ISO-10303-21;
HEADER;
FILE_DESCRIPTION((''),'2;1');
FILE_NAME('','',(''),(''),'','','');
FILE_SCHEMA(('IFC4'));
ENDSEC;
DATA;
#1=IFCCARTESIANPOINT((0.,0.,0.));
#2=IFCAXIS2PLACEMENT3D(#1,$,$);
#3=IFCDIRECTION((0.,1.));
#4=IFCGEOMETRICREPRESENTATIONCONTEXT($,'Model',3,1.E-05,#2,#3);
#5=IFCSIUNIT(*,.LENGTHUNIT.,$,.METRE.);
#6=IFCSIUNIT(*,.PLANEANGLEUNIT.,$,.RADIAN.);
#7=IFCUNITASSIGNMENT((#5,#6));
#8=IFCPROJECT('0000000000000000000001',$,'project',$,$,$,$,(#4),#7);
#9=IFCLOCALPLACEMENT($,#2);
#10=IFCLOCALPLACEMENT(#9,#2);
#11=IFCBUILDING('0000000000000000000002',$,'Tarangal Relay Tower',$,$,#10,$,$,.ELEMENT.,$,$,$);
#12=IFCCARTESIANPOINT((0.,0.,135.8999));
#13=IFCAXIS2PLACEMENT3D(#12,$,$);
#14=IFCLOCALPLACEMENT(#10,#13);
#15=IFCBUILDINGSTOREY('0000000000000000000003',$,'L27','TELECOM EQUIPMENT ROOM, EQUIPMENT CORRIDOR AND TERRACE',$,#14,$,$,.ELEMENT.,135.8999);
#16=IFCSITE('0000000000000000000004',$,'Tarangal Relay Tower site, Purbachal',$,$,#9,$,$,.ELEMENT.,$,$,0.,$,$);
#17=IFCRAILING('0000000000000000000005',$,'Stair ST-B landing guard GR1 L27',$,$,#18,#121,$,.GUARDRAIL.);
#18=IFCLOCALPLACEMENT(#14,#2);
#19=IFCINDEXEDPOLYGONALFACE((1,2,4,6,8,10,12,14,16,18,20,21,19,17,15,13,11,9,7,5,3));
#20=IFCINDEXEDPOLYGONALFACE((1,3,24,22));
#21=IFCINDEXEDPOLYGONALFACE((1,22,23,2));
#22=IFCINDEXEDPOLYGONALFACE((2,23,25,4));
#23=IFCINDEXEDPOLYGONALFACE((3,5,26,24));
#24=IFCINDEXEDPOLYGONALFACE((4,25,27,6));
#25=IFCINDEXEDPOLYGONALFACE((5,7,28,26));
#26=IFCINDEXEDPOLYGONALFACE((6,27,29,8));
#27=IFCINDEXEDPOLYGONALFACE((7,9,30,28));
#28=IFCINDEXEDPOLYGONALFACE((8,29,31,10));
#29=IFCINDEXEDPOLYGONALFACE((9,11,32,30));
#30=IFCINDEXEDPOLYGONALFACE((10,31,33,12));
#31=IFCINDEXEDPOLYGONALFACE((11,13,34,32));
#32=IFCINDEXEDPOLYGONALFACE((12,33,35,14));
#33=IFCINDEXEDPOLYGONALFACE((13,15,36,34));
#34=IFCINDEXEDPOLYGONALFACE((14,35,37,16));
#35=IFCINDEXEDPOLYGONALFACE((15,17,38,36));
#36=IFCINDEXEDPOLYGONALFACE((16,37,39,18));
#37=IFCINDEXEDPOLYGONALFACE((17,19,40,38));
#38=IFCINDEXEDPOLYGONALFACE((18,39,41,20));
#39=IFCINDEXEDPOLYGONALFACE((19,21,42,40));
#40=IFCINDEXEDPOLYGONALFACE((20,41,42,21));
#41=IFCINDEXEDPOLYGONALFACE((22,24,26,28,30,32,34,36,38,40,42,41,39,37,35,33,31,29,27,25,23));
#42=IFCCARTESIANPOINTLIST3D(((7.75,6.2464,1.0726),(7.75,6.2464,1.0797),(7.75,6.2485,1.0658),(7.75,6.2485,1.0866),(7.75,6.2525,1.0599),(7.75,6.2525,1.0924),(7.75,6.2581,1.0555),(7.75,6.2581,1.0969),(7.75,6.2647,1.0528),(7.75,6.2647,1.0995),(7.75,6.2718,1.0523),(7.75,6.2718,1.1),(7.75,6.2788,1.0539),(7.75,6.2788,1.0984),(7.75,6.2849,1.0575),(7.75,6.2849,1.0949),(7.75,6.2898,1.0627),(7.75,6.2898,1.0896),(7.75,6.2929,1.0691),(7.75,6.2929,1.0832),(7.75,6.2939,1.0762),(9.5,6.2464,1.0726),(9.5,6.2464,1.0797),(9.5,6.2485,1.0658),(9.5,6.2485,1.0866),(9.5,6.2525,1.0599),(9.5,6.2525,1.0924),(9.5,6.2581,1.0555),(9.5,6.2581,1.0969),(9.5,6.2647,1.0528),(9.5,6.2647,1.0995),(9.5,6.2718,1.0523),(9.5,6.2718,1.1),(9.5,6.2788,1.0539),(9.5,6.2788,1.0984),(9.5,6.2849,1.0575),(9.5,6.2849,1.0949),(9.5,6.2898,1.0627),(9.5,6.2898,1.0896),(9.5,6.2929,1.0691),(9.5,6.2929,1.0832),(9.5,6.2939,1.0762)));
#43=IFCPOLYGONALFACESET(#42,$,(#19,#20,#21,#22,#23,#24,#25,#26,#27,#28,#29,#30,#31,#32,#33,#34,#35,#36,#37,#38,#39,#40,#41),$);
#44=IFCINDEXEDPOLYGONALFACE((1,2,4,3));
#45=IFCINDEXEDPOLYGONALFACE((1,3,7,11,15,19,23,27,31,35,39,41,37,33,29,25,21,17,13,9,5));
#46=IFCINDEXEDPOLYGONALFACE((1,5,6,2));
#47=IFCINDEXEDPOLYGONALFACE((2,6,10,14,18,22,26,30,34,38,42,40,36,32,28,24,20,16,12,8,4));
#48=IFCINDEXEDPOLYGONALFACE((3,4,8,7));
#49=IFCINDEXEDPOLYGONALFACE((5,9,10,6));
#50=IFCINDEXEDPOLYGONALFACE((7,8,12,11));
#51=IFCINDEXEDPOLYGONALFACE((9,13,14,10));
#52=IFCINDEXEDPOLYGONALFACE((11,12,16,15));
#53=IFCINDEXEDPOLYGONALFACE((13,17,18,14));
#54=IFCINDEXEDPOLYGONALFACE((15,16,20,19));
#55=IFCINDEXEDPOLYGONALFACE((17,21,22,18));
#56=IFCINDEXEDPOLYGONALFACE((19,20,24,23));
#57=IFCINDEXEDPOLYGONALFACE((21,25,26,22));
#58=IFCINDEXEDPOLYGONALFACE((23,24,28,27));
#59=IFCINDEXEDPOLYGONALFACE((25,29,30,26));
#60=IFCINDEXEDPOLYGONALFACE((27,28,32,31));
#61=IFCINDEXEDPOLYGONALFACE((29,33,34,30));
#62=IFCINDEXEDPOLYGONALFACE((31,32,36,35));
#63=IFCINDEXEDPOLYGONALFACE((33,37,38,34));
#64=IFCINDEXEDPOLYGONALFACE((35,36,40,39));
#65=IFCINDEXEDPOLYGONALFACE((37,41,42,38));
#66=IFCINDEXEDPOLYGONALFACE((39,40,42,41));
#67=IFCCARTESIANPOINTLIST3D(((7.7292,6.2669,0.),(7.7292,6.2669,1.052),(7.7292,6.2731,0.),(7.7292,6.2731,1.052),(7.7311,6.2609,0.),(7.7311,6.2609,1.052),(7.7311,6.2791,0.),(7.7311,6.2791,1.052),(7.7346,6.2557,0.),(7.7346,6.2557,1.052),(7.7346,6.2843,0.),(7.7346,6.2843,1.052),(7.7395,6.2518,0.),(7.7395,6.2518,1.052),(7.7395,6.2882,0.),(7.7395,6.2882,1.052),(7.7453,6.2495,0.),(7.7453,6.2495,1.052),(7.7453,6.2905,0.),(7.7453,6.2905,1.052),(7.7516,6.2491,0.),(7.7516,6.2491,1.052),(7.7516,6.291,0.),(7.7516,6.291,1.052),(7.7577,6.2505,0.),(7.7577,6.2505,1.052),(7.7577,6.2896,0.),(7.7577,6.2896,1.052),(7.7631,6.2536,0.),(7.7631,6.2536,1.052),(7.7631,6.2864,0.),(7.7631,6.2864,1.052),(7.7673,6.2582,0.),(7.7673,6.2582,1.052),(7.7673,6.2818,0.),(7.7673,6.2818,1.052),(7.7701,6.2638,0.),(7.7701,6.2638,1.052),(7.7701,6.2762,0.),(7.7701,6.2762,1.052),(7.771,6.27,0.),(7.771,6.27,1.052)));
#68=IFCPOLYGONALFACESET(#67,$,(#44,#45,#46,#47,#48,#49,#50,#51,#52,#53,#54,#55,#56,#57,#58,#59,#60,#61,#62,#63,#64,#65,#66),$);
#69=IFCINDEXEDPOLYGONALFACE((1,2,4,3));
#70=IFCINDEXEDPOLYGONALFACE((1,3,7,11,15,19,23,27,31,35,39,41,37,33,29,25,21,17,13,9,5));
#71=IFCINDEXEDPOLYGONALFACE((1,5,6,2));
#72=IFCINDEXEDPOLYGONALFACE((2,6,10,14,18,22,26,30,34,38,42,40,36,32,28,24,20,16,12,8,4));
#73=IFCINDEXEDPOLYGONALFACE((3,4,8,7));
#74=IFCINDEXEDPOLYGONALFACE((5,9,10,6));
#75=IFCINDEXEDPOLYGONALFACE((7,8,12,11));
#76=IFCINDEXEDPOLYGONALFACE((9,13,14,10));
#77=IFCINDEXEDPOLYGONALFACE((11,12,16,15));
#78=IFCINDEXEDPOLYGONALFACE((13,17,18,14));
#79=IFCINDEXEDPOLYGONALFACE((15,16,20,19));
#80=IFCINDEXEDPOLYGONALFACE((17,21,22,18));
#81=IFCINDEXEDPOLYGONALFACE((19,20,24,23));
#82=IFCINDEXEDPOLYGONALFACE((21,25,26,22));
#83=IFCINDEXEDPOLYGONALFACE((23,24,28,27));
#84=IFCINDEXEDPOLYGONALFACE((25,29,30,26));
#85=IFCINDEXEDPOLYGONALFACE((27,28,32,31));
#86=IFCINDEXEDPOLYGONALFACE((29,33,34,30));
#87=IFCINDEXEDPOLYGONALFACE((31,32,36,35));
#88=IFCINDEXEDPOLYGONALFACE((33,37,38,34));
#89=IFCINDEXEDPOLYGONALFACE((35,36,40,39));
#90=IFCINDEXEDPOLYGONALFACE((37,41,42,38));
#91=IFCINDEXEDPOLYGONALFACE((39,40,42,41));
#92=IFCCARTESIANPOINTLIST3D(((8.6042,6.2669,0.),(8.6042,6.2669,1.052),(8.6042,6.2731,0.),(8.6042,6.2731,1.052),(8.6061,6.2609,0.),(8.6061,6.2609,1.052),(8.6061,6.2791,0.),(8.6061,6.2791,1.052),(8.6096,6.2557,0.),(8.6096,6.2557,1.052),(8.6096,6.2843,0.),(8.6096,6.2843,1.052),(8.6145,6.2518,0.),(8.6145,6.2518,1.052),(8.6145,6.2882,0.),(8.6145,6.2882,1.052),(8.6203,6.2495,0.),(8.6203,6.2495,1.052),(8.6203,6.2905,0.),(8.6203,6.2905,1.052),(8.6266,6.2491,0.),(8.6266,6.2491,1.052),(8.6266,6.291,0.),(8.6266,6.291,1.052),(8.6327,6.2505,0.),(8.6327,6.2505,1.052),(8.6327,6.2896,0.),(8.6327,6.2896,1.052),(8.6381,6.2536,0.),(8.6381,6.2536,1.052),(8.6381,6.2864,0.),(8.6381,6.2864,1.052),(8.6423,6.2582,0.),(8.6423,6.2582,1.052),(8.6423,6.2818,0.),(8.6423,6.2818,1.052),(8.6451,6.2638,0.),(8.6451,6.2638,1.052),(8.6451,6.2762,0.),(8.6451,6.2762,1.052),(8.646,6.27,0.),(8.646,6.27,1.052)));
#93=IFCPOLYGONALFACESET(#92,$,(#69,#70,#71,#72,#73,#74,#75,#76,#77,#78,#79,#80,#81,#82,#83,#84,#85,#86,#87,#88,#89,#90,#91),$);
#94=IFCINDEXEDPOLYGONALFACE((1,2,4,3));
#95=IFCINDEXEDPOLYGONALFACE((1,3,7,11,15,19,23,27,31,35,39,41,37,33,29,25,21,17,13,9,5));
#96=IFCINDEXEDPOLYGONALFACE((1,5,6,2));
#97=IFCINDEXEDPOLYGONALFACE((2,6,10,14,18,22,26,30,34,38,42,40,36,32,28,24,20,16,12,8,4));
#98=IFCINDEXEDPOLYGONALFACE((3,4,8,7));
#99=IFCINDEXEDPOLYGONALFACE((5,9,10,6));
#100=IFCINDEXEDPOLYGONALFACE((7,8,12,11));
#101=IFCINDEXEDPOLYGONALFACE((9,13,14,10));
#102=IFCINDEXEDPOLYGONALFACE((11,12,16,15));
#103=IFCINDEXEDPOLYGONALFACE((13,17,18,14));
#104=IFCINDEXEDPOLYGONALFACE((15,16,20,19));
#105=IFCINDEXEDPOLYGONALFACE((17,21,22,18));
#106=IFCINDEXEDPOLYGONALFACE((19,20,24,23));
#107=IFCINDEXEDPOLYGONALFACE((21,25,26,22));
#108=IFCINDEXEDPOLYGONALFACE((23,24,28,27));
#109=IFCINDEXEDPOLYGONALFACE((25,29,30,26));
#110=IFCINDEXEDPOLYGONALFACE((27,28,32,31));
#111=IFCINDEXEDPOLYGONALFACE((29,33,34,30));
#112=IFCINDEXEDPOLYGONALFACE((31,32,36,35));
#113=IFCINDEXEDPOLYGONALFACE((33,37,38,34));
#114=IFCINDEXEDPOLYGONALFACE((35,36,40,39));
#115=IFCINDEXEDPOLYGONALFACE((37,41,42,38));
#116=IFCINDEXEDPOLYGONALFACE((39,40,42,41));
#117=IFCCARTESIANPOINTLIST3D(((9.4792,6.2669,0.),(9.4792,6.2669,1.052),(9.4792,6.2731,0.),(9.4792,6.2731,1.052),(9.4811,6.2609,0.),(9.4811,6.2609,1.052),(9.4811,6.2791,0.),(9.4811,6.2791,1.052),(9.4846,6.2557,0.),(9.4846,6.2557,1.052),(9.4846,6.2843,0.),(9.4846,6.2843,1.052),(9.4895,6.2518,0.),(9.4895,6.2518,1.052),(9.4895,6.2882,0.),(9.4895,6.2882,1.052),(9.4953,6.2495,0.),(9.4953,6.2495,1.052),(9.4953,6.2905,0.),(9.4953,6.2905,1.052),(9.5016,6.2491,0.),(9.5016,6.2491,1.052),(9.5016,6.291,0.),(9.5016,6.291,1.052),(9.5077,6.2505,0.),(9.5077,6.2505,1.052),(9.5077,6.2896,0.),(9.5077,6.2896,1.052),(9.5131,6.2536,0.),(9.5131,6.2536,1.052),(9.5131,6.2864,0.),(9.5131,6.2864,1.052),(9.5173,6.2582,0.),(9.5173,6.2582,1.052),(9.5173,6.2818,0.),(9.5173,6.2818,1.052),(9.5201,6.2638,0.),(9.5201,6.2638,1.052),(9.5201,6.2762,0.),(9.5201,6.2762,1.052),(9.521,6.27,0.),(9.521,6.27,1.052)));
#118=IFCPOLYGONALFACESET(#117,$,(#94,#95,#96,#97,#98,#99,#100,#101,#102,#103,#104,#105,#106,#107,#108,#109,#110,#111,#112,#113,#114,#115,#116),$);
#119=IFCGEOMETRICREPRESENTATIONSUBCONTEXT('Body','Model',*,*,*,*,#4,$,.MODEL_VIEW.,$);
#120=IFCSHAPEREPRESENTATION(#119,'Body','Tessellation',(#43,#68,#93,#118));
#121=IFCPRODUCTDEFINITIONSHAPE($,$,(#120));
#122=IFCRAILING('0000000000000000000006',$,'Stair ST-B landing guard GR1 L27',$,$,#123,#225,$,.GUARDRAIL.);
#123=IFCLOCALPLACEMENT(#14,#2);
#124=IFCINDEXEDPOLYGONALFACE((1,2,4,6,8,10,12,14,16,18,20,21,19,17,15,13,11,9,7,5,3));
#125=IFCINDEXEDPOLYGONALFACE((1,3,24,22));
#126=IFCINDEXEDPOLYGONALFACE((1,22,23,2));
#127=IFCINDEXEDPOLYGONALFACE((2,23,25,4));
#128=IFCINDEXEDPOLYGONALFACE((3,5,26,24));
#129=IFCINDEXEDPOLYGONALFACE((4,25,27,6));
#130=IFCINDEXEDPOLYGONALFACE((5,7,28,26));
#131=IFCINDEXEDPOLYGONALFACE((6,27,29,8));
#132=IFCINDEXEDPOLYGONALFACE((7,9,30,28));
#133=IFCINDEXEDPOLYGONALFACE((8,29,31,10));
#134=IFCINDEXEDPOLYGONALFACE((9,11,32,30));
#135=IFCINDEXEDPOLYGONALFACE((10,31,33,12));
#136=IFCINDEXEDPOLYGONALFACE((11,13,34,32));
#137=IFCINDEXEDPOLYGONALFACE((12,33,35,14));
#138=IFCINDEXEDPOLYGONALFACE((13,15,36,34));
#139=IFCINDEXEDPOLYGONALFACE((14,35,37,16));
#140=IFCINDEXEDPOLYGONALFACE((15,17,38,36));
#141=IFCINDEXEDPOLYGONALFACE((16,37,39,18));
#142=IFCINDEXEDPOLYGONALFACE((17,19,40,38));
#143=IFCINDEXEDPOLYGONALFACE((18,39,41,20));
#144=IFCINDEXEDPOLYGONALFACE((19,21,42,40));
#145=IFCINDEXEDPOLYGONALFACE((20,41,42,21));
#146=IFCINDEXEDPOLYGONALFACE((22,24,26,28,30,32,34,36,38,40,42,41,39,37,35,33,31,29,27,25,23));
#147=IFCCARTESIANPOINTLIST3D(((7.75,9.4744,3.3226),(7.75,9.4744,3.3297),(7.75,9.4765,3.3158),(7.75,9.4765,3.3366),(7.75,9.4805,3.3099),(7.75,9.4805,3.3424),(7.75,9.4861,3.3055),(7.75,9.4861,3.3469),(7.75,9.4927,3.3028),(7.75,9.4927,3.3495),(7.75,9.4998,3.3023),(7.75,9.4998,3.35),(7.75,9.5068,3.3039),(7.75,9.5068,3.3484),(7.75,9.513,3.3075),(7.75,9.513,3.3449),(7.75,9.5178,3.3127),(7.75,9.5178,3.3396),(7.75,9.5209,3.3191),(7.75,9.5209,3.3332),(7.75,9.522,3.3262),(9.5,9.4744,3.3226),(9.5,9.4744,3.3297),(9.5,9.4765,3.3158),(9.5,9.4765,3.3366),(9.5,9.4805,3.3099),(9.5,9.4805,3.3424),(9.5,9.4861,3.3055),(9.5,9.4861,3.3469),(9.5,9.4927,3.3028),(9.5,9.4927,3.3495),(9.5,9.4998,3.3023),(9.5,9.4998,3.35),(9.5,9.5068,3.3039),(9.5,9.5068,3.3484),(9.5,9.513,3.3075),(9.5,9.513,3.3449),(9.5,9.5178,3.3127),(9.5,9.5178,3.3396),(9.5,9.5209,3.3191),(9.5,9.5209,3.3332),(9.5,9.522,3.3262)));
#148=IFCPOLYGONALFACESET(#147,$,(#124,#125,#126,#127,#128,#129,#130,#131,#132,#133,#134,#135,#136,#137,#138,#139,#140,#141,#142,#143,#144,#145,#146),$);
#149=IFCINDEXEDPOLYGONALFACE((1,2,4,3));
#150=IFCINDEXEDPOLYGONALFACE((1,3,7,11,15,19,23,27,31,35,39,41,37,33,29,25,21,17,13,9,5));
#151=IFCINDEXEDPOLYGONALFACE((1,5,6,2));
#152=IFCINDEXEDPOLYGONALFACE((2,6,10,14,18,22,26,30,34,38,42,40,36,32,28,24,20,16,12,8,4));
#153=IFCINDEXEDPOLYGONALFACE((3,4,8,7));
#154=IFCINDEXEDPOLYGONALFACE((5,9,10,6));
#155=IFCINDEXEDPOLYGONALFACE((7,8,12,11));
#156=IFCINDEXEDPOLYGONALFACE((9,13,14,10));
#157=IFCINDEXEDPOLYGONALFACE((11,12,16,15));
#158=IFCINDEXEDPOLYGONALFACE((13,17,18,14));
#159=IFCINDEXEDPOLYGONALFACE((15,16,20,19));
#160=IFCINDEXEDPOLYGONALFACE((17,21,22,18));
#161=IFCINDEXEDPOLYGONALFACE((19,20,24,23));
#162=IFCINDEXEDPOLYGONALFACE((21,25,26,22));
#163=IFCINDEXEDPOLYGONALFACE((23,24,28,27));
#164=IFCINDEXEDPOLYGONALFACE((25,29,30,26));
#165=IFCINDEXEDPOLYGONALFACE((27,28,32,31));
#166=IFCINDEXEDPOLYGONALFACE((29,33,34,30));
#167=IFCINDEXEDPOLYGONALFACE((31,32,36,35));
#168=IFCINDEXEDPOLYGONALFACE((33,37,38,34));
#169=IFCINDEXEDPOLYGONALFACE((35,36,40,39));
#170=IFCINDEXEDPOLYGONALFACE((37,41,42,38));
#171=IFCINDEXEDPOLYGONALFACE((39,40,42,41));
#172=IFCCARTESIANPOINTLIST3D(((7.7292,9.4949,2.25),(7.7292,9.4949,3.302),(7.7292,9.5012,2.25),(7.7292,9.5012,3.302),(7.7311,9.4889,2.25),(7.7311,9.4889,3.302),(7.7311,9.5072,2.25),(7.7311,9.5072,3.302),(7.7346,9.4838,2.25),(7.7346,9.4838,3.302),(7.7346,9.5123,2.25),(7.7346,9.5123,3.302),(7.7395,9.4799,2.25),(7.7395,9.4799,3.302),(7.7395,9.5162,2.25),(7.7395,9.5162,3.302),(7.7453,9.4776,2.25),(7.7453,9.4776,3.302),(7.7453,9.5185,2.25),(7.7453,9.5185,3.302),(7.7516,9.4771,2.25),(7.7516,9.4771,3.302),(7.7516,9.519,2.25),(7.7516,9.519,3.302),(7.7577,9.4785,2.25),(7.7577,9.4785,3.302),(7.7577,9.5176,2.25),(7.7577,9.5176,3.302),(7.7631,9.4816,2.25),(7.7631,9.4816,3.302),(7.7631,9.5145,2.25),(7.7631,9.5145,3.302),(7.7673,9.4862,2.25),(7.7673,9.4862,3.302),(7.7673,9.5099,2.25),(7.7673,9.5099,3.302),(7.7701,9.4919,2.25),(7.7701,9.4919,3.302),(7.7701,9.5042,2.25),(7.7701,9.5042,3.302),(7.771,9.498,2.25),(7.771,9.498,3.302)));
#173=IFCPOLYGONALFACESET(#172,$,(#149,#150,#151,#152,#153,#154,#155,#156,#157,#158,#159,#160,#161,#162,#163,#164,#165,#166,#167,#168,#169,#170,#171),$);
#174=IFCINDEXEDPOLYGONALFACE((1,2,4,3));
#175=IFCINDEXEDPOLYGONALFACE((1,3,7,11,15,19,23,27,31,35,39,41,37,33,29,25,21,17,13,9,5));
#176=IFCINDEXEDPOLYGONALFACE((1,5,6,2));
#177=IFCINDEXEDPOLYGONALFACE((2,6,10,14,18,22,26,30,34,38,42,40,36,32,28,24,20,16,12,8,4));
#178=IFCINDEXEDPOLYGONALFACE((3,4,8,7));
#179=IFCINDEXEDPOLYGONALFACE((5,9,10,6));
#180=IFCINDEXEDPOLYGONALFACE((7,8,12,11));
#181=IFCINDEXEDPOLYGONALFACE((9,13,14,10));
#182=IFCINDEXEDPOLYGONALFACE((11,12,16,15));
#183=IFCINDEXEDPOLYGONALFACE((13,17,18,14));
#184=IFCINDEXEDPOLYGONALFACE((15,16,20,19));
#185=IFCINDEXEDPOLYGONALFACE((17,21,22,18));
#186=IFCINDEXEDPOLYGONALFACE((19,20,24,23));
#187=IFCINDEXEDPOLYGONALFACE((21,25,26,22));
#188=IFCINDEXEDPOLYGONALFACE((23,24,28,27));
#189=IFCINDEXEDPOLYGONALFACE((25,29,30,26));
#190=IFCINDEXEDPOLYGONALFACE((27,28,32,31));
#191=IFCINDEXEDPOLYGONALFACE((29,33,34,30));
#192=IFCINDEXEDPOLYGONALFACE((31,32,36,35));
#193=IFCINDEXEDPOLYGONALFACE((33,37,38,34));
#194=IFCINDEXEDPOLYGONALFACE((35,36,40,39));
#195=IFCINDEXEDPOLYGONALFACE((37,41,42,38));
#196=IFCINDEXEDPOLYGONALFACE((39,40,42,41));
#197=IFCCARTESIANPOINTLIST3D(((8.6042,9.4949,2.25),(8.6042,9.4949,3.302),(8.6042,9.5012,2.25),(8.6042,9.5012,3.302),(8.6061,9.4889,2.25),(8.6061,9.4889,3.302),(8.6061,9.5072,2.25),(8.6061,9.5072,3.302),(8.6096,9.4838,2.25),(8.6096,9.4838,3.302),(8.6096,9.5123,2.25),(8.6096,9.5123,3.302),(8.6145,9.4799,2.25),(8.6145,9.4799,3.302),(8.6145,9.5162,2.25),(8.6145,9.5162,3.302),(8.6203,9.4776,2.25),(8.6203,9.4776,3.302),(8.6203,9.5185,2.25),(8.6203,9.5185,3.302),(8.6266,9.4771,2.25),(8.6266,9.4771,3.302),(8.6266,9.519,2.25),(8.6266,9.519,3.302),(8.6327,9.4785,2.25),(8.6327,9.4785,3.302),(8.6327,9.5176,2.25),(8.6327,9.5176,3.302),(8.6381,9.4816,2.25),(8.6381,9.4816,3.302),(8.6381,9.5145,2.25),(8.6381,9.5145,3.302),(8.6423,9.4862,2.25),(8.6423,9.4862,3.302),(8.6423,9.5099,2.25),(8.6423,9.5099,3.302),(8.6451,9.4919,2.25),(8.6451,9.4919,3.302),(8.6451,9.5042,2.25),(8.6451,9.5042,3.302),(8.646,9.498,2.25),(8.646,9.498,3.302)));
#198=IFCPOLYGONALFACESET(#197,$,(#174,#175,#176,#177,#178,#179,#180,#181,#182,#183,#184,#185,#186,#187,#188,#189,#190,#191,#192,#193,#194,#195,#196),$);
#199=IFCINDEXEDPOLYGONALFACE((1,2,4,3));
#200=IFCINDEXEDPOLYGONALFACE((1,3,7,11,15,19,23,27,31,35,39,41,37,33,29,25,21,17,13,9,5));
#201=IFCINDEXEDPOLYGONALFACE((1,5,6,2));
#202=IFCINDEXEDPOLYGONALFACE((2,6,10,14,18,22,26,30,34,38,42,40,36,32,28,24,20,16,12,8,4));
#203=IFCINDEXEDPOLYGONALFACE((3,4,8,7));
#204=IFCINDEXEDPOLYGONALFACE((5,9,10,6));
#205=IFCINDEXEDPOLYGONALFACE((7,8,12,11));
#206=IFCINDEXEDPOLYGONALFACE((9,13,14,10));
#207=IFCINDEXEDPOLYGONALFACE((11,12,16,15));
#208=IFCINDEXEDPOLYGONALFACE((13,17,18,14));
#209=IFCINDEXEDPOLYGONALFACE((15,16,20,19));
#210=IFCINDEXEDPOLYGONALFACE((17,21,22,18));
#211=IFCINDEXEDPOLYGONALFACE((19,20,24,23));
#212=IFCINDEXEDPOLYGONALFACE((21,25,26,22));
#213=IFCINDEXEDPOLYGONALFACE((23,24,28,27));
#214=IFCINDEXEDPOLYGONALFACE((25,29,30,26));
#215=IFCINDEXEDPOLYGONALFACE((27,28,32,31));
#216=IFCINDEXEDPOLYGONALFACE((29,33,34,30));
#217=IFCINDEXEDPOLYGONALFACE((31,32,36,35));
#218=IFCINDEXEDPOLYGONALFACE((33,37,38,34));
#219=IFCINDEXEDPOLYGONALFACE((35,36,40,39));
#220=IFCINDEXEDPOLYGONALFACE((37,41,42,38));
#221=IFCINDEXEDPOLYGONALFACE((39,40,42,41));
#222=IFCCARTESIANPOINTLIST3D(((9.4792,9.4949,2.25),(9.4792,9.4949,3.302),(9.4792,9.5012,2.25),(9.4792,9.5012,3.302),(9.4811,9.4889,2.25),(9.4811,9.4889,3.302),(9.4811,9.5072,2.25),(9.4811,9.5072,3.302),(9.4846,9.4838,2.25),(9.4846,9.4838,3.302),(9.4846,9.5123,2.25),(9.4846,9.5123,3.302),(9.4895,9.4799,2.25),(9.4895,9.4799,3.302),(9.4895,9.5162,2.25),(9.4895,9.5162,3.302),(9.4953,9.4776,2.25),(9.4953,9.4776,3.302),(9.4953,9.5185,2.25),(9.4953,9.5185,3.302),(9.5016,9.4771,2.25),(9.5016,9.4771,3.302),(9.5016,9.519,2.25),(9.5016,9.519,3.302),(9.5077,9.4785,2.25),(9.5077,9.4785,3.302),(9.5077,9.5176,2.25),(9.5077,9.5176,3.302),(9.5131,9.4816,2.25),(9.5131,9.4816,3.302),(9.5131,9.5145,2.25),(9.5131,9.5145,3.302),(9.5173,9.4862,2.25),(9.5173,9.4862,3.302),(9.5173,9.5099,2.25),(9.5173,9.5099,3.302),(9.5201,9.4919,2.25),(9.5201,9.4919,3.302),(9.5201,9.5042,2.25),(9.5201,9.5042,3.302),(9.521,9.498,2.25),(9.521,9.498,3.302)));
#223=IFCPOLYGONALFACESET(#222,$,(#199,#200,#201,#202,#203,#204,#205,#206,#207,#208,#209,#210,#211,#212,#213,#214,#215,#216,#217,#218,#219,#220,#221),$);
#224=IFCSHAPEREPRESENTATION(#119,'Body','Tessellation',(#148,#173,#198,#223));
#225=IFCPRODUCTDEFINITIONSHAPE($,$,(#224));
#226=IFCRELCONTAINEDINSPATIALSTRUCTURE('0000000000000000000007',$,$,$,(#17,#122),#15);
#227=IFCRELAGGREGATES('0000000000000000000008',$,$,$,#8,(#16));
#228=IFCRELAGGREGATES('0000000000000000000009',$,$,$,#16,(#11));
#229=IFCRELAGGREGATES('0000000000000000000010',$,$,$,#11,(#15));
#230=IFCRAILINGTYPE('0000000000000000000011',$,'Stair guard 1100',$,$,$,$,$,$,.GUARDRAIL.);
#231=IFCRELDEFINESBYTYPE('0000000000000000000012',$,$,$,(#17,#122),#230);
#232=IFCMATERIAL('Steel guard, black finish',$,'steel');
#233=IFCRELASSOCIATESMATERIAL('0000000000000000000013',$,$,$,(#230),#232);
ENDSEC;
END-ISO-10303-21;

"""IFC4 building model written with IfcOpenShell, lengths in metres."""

from ifc_helpers import new_model, si_unit, direction, frame, origin, origin_2d, place, context, subcontext, project, spatial, circle, extrude, material, type_object, element, save


model = new_model("IFC4")

# Units and contexts
model_context = context("Model", 3, precision=1e-05, world=origin(), true_north=direction((0.0, 1.0)))
body_context = subcontext(model_context, "Body", "Model", "MODEL_VIEW")
ifc_project = project(units=[si_unit("LENGTHUNIT", "METRE"), si_unit("PLANEANGLEUNIT", "RADIAN")], contexts=[model_context])

# Site, building, storey
site_placement = place(None, origin())
site = spatial("IfcSite", under=ifc_project, at=site_placement, Name="Tarangal Relay Tower site, Purbachal", CompositionType="ELEMENT", RefElevation=0.0)
building_placement = place(site_placement, origin())
building = spatial("IfcBuilding", under=site, at=building_placement, Name="Tarangal Relay Tower", CompositionType="ELEMENT")
storey_placement = place(building_placement, frame((0.0, 0.0, 135.8999)))
storey = spatial("IfcBuildingStorey", under=building, at=storey_placement, Name="L27", Description="TELECOM EQUIPMENT ROOM, EQUIPMENT CORRIDOR AND TERRACE", CompositionType="ELEMENT", Elevation=135.8999)

# Railings
ifc_material_1 = material(Name="Steel guard, black finish", Category="steel")
railing_type_1 = type_object("IfcRailingType", Name="Stair guard 1100", PredefinedType="GUARDRAIL", material=ifc_material_1)
for number, where, name in (
    (1, (7.75, 6.27, 0.0), "Stair ST-B landing guard GR1 L27"),
    (2, (7.75, 9.498, 2.25), "Stair ST-B landing guard GR1 L27"),
):
    element("IfcRailing", number, at=place(storey_placement, frame(where)), inside=storey, type_object=railing_type_1, Name=name, PredefinedType="GUARDRAIL", context=body_context, shape_type="SweptSolid", body=[
        extrude(circle(Radius=0.0239, at=origin_2d()), frame((0.0, 0.0, 1.0762), z_axis=(1.0, 0.0, 0.0), x_axis=(0.0, 1.0, 0.0)), (0.0, 0.0, 1.0), 1.75),
        extrude(circle(Radius=0.021, at=origin_2d()), origin(), (0.0, 0.0, 1.0), 1.052),
        extrude(circle(Radius=0.021, at=origin_2d()), frame((0.875, 0.0, 0.0)), (0.0, 0.0, 1.0), 1.052),
        extrude(circle(Radius=0.021, at=origin_2d()), frame((1.75, 0.0, 0.0)), (0.0, 0.0, 1.0), 1.052),
    ])

save(model, "model.ifc")
